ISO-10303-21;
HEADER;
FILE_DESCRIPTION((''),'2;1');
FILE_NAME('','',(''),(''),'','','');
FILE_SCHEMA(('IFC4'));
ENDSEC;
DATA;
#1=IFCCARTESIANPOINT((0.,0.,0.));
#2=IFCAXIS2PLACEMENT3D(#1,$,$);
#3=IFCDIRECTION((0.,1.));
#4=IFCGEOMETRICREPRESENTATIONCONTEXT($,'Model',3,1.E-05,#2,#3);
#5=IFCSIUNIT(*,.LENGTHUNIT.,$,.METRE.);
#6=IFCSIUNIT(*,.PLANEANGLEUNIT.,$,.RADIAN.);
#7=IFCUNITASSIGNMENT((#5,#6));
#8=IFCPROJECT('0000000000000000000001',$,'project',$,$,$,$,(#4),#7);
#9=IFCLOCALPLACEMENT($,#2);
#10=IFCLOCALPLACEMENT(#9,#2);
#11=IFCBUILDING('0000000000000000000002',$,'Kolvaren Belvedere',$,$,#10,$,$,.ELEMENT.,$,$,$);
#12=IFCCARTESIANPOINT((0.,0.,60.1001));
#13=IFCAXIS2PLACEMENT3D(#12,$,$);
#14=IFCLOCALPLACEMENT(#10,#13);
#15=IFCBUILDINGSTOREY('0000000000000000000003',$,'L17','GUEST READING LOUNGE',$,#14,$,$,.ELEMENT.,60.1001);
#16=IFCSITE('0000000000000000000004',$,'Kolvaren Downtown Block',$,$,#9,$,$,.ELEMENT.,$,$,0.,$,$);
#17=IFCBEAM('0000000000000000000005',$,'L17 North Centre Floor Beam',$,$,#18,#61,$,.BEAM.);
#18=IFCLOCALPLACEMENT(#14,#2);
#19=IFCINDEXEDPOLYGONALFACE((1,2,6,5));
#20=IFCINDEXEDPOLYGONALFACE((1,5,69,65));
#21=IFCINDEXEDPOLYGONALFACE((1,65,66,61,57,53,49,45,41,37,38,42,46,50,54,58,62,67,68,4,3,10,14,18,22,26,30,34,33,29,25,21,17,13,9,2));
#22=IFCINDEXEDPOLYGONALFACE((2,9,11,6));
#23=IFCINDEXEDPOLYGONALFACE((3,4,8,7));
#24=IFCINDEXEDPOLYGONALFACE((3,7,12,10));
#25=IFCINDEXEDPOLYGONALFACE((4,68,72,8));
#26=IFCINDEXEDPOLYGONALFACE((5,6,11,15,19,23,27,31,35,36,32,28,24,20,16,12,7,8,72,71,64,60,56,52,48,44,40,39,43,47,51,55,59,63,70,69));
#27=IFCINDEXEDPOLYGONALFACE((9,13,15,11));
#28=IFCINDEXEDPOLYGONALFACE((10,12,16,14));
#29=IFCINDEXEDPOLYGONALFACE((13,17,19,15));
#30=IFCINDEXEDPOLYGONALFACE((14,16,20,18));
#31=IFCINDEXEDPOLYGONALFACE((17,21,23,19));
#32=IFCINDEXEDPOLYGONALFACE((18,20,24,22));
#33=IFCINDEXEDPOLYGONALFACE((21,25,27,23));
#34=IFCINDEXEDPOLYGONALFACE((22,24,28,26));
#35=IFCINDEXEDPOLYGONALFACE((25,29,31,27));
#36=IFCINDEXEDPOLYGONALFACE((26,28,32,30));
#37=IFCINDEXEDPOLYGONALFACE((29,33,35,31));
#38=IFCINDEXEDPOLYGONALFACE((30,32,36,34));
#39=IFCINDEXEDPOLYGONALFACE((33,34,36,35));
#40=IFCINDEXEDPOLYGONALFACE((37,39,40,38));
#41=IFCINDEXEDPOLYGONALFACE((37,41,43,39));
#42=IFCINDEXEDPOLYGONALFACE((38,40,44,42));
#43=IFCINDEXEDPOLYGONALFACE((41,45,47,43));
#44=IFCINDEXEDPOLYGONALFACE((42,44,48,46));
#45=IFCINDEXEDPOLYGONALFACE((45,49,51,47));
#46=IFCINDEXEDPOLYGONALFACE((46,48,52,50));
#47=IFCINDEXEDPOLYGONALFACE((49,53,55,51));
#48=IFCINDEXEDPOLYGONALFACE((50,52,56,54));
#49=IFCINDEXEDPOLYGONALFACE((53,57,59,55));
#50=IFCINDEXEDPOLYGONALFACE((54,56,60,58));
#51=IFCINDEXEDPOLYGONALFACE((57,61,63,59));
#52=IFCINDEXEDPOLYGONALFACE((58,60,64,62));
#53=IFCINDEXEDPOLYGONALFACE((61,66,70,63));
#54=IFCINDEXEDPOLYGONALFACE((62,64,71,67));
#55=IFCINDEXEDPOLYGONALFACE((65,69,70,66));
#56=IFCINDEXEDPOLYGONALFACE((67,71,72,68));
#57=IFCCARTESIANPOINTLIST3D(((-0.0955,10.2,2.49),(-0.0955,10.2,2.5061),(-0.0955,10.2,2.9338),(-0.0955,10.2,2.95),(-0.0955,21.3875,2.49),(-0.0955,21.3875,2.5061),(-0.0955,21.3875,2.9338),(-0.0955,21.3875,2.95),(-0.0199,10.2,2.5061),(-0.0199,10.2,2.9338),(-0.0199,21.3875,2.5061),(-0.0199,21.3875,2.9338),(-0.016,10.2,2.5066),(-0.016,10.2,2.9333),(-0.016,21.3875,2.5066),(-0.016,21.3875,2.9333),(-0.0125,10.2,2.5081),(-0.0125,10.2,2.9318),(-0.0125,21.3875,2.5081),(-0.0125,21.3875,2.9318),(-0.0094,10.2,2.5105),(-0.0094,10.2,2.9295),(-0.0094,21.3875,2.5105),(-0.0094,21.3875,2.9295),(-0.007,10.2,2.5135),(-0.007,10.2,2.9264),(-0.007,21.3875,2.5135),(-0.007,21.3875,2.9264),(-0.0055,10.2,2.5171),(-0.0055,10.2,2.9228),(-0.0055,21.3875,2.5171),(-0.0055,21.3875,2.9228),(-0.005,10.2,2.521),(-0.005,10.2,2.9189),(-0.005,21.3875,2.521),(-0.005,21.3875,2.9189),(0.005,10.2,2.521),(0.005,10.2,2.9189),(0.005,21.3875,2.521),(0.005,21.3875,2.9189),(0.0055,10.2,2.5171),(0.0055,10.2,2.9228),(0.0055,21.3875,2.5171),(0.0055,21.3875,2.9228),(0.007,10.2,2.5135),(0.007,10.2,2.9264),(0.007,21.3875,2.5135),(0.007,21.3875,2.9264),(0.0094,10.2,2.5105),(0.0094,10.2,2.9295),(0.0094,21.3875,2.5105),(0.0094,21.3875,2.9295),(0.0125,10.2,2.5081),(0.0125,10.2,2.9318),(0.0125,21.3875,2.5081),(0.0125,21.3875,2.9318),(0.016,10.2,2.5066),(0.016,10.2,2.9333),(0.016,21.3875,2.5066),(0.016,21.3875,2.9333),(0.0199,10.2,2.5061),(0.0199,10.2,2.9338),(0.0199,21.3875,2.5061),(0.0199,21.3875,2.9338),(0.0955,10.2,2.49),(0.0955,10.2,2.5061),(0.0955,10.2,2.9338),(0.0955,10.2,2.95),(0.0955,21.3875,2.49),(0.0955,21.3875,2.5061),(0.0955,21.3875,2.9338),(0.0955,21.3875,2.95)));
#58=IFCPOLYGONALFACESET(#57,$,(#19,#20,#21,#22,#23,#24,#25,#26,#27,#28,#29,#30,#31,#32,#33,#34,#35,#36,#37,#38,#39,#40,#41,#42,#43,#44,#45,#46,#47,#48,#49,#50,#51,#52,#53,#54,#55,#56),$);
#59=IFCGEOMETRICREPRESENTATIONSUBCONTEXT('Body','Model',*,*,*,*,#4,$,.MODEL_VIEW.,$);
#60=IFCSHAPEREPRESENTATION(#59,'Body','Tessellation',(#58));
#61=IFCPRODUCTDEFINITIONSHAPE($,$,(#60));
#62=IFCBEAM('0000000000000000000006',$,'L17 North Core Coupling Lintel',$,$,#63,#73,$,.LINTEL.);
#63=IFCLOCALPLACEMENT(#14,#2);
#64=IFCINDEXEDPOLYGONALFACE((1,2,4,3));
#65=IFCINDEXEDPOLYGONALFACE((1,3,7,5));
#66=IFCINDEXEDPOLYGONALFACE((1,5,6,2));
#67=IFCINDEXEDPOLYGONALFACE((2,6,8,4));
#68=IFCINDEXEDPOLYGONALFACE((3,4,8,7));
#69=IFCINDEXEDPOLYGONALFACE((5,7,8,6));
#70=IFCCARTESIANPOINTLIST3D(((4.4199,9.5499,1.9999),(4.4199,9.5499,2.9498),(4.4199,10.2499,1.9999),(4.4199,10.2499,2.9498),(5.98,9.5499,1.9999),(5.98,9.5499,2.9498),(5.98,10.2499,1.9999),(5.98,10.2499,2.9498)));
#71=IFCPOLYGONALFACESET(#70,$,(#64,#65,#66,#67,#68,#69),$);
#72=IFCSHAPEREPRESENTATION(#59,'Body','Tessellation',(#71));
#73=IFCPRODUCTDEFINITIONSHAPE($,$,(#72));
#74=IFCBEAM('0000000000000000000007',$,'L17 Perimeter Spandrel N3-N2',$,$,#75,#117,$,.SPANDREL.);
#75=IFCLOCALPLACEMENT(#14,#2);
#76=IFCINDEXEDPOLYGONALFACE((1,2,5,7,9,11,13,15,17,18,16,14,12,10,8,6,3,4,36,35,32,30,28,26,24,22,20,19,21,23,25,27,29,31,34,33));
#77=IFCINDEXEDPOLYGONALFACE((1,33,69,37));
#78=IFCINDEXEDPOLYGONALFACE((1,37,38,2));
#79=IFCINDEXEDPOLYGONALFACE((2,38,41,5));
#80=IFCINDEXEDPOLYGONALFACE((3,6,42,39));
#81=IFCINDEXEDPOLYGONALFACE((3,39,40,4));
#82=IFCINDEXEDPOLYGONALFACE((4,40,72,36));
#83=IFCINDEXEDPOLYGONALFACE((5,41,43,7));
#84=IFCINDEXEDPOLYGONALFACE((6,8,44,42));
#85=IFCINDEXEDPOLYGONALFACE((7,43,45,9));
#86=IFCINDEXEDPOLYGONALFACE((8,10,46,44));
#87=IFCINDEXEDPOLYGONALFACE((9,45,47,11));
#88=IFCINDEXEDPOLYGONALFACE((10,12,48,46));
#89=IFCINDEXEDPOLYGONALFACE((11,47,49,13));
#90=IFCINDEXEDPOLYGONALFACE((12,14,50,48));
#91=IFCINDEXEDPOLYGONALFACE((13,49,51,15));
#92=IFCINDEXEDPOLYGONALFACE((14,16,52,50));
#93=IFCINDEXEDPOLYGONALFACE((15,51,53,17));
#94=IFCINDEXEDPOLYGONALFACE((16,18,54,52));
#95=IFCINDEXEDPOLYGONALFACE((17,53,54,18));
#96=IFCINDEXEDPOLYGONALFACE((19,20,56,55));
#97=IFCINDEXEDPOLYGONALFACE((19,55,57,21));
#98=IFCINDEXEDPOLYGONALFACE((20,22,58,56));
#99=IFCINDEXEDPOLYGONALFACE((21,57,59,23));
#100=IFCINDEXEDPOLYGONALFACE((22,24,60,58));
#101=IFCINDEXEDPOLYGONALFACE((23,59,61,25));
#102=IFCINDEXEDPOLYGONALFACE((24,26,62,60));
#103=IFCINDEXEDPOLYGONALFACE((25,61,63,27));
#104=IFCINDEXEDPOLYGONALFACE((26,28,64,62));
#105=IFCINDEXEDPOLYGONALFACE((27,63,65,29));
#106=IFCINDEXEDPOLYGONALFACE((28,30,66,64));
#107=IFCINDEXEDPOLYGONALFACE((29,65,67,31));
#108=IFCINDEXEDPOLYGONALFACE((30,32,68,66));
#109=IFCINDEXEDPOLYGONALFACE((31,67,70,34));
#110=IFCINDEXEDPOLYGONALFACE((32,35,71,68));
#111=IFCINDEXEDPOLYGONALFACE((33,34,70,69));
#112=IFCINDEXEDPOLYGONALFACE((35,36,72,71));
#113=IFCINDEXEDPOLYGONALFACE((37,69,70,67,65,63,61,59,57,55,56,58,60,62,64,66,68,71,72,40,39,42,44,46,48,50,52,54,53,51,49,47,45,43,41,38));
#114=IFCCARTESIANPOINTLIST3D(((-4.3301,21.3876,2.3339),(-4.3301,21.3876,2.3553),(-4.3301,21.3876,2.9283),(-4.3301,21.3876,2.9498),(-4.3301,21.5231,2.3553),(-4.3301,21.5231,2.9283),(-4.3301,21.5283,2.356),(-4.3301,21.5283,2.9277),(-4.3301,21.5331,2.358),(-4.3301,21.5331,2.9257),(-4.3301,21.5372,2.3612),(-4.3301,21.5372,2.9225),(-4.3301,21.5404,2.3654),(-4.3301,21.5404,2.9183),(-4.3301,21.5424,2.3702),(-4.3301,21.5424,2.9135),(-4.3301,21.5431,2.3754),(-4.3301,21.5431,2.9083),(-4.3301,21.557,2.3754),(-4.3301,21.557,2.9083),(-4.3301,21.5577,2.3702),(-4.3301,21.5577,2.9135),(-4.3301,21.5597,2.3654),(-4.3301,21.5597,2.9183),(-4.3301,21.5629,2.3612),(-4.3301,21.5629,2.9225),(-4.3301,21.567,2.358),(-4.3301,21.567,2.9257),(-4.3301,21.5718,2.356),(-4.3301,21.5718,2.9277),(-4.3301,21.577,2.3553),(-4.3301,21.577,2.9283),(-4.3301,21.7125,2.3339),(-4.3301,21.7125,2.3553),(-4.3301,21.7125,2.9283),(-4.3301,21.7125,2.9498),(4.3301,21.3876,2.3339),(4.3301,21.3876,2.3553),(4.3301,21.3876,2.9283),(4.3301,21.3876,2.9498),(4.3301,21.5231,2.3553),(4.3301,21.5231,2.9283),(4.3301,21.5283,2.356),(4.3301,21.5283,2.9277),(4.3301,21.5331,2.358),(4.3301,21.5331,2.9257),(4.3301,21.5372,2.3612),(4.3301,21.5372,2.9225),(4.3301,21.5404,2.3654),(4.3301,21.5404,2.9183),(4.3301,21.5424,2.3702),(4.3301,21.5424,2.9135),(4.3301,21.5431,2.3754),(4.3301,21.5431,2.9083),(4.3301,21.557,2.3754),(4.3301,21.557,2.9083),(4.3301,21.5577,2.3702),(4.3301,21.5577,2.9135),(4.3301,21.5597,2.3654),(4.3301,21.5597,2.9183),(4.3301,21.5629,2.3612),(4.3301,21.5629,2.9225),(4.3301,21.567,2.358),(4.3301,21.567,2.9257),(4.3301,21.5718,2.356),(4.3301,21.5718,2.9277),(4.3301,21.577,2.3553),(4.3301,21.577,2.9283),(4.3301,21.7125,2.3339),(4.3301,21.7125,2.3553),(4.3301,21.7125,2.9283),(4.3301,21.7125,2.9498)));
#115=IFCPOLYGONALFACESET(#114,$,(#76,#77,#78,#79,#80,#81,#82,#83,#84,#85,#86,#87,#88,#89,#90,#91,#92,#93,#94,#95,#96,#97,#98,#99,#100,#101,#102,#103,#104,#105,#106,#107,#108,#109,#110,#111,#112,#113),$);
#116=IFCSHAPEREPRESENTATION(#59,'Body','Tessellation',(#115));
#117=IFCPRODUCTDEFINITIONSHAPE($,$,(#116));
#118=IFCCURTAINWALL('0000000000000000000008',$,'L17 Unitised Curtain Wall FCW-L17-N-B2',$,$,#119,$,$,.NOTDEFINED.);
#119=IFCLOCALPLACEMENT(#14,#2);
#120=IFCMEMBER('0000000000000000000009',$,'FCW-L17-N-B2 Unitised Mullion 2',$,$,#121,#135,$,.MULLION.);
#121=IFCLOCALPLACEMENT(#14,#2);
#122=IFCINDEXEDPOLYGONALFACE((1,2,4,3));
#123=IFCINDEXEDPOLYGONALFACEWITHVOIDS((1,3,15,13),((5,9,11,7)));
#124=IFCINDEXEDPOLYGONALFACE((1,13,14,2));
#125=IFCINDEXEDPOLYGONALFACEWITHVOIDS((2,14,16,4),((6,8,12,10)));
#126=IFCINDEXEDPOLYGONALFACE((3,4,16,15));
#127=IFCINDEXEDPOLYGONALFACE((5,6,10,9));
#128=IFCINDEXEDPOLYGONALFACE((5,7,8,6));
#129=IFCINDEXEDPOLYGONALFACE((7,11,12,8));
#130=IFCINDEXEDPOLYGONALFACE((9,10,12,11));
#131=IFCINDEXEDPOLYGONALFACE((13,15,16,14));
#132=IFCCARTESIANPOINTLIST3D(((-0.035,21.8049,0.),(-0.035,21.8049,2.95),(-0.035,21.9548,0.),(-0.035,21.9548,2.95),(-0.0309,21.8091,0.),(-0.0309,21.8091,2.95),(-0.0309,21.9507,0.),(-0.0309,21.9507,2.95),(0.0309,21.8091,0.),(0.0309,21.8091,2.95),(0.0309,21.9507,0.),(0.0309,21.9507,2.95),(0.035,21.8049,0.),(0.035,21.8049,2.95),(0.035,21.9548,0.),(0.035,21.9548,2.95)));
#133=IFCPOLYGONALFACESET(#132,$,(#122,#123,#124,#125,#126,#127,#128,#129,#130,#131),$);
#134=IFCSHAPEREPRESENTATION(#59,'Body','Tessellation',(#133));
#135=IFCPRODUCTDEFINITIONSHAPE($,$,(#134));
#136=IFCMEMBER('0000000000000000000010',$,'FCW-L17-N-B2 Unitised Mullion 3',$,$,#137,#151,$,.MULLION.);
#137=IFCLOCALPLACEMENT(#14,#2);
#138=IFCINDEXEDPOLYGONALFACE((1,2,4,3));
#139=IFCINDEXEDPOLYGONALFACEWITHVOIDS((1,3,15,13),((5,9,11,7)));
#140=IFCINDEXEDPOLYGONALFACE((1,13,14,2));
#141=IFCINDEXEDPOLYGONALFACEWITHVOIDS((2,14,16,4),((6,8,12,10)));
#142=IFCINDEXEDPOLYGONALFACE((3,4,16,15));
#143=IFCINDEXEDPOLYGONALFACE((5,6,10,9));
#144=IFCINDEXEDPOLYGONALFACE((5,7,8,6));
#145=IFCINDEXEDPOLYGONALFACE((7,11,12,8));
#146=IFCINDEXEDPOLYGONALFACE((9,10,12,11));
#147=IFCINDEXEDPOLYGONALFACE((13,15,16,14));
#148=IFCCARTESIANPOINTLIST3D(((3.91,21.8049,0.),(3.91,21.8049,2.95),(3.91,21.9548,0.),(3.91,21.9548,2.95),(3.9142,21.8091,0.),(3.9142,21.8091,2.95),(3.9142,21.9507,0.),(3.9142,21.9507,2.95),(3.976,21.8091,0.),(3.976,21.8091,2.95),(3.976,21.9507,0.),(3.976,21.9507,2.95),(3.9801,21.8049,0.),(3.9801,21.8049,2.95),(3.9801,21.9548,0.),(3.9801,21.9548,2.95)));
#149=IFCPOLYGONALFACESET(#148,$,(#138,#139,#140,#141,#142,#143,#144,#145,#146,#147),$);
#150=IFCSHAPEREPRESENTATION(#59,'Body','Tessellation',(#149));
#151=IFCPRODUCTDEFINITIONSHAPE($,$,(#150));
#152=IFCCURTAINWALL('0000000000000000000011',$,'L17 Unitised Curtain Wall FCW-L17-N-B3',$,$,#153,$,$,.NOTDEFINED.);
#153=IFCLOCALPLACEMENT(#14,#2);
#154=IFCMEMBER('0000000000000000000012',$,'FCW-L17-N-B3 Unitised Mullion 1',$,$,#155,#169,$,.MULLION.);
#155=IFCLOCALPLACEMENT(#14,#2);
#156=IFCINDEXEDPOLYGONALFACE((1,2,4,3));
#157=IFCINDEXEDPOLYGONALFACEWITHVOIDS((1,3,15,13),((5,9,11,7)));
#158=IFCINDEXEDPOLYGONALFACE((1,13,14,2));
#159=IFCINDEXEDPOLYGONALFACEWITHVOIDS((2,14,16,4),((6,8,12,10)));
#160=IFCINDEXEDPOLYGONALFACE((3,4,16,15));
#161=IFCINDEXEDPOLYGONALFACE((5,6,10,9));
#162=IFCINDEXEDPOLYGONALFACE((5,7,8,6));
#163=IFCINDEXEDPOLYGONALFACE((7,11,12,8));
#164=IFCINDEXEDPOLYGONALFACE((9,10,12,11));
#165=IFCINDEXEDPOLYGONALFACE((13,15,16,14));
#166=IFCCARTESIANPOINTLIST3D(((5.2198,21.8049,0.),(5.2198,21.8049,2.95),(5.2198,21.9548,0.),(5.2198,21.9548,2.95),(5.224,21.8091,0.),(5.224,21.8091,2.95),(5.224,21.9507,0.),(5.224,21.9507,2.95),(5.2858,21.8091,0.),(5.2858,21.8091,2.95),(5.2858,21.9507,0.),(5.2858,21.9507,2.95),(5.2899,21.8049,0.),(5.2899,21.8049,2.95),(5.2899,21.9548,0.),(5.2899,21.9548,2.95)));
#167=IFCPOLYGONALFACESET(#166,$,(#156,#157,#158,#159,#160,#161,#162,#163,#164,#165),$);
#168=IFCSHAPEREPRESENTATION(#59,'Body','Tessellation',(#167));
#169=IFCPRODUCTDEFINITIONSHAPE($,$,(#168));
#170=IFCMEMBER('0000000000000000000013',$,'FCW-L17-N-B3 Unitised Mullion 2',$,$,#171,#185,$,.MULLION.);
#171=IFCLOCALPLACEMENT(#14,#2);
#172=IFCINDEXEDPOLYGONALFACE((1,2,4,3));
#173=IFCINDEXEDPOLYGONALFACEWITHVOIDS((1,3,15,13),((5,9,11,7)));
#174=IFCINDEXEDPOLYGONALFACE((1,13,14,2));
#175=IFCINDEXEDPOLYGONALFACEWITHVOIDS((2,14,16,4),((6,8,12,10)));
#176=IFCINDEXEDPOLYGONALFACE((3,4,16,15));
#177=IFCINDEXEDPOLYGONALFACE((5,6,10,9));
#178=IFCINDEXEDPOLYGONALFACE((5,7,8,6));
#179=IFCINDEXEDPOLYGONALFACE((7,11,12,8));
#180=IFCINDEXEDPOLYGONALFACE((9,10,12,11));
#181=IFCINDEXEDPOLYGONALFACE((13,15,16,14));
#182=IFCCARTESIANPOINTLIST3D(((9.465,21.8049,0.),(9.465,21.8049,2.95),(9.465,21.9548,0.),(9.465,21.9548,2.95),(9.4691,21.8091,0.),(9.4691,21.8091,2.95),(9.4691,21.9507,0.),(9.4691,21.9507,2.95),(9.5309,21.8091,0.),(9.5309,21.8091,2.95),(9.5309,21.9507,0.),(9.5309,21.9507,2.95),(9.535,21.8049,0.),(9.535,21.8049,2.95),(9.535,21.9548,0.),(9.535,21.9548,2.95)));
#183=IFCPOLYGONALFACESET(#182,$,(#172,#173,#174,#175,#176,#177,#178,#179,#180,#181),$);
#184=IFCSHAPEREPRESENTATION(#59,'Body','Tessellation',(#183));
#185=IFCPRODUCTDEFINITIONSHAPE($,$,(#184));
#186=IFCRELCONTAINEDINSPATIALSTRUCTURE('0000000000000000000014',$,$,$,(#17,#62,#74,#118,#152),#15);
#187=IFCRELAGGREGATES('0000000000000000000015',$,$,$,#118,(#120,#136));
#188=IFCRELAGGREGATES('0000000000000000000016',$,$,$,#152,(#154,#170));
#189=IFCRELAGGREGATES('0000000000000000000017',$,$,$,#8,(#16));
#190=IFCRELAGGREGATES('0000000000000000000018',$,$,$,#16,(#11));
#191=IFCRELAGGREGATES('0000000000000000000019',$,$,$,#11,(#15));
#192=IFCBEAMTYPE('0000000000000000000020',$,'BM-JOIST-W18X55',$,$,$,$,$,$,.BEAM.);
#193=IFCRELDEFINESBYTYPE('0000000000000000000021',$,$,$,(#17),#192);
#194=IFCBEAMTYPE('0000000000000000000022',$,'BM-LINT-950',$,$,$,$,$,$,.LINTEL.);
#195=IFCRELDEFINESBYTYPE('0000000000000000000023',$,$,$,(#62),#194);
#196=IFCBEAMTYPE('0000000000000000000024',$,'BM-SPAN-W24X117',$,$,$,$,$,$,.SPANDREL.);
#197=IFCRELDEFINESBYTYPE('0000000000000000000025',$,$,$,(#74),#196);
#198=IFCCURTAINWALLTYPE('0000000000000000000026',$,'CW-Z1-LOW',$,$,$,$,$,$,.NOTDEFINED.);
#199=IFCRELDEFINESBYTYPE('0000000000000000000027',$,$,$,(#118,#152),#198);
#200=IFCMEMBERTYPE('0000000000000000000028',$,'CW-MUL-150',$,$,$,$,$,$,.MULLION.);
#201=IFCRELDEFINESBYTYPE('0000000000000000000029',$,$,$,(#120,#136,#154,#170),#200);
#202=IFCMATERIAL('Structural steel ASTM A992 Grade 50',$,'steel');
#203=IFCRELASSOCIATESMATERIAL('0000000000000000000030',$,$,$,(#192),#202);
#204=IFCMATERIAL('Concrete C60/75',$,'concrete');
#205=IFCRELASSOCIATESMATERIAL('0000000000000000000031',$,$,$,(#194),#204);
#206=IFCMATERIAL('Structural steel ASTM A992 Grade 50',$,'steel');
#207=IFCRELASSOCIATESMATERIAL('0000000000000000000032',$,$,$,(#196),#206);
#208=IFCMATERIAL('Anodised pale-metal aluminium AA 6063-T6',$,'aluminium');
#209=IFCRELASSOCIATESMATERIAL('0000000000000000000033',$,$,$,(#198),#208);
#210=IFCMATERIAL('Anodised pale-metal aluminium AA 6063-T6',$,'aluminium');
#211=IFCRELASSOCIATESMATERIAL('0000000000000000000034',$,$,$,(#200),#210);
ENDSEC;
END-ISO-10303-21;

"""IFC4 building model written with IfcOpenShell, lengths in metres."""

from ifc_helpers import new_model, si_unit, direction, frame, origin, origin_2d, place, context, subcontext, project, spatial, rectangle, hollow_rectangle, i_section, extrude, material, material_profile, profile_set, type_object, element, aggregate, save


model = new_model("IFC4")

# Units and contexts
model_context = context("Model", 3, precision=1e-05, world=origin(), true_north=direction((0.0, 1.0)))
body_context = subcontext(model_context, "Body", "Model", "MODEL_VIEW")
ifc_project = project(units=[si_unit("LENGTHUNIT", "METRE"), si_unit("PLANEANGLEUNIT", "RADIAN")], contexts=[model_context])

# Site, building, storey
site_placement = place(None, origin())
site = spatial("IfcSite", under=ifc_project, at=site_placement, Name="Kolvaren Downtown Block", CompositionType="ELEMENT", RefElevation=0.0)
building_placement = place(site_placement, origin())
building = spatial("IfcBuilding", under=site, at=building_placement, Name="Kolvaren Belvedere", CompositionType="ELEMENT")
storey_placement = place(building_placement, frame((0.0, 0.0, 60.1001)))
storey = spatial("IfcBuildingStorey", under=building, at=storey_placement, Name="L17", Description="GUEST READING LOUNGE", CompositionType="ELEMENT", Elevation=60.1001)

# Beams
ifc_material_1 = material(Name="Structural steel ASTM A992 Grade 50", Category="steel")
ifc_material_profile_1 = material_profile(ifc_material_1, i_section(OverallWidth=0.1909, OverallDepth=0.46, WebThickness=0.01, FlangeThickness=0.0161, FilletRadius=0.0149, at=origin_2d()), Name="W18X55")
ifc_profile_set_1 = profile_set([ifc_material_profile_1], Name="Structural steel ASTM A992 Grade 50")
beam_type_1 = type_object("IfcBeamType", Name="BM-JOIST-W18X55", PredefinedType="BEAM", material=ifc_profile_set_1)
beam_1_placement = place(storey_placement, frame((0.0, 10.2, 2.72), z_axis=(0.0, 1.0, 0.0), x_axis=(-1.0, 0.0, 0.0)))
element("IfcBeam", 1, at=beam_1_placement, inside=storey, type_object=beam_type_1, Name="L17 North Centre Floor Beam", PredefinedType="BEAM", context=body_context, shape_type="SweptSolid", body=[
    extrude(i_section(OverallWidth=0.1909, OverallDepth=0.46, WebThickness=0.01, FlangeThickness=0.0161, FilletRadius=0.0149, at=origin_2d()), origin(), (0.0, 0.0, 1.0), 11.1875),
])
ifc_material_2 = material(Name="Concrete C60/75", Category="concrete")
ifc_material_profile_2 = material_profile(ifc_material_2, rectangle(XDim=0.7, YDim=0.95, at=origin_2d()), Name="RC 700X950")
ifc_profile_set_2 = profile_set([ifc_material_profile_2], Name="Concrete C60/75")
beam_type_2 = type_object("IfcBeamType", Name="BM-LINT-950", PredefinedType="LINTEL", material=ifc_profile_set_2)
beam_2_placement = place(storey_placement, frame((4.4199, 9.8999, 2.4749), z_axis=(1.0, 0.0, 0.0), x_axis=(0.0, 1.0, 0.0)))
element("IfcBeam", 2, at=beam_2_placement, inside=storey, type_object=beam_type_2, Name="L17 North Core Coupling Lintel", PredefinedType="LINTEL", context=body_context, shape_type="SweptSolid", body=[
    extrude(rectangle(XDim=0.7, YDim=0.95, at=origin_2d()), origin(), (0.0, 0.0, 1.0), 1.5601),
])
ifc_material_3 = material(Name="Structural steel ASTM A992 Grade 50", Category="steel")
ifc_material_profile_3 = material_profile(ifc_material_3, i_section(OverallWidth=0.325, OverallDepth=0.616, WebThickness=0.0139, FlangeThickness=0.0215, FilletRadius=0.02, at=origin_2d()), Name="W24X117")
ifc_profile_set_3 = profile_set([ifc_material_profile_3], Name="Structural steel ASTM A992 Grade 50")
beam_type_3 = type_object("IfcBeamType", Name="BM-SPAN-W24X117", PredefinedType="SPANDREL", material=ifc_profile_set_3)
beam_3_placement = place(storey_placement, frame((4.3301, 21.55, 2.6418), z_axis=(-1.0, 0.0, 0.0), x_axis=(0.0, -1.0, 0.0)))
element("IfcBeam", 3, at=beam_3_placement, inside=storey, type_object=beam_type_3, Name="L17 Perimeter Spandrel N3-N2", PredefinedType="SPANDREL", context=body_context, shape_type="SweptSolid", body=[
    extrude(i_section(OverallWidth=0.325, OverallDepth=0.616, WebThickness=0.0139, FlangeThickness=0.0215, FilletRadius=0.02, at=origin_2d()), origin(), (0.0, 0.0, 1.0), 8.6602),
])

# Curtain walls, members
ifc_material_4 = material(Name="Anodised pale-metal aluminium AA 6063-T6", Category="aluminium")
curtain_wall_type = type_object("IfcCurtainWallType", Name="CW-Z1-LOW", PredefinedType="NOTDEFINED", material=ifc_material_4)
curtain_wall_1_placement = place(storey_placement, origin())
curtain_wall_1 = element("IfcCurtainWall", 4, at=curtain_wall_1_placement, inside=storey, type_object=curtain_wall_type, Name="L17 Unitised Curtain Wall FCW-L17-N-B2", PredefinedType="NOTDEFINED")
ifc_material_5 = material(Name="Anodised pale-metal aluminium AA 6063-T6", Category="aluminium")
ifc_material_profile_4 = material_profile(ifc_material_5, hollow_rectangle(XDim=0.0701, YDim=0.1499, WallThickness=0.0042, at=origin_2d()), Name="ALU-MUL-150X70")
ifc_profile_set_4 = profile_set([ifc_material_profile_4], Name="Anodised pale-metal aluminium AA 6063-T6")
member_type_1 = type_object("IfcMemberType", Name="CW-MUL-150", PredefinedType="MULLION", material=ifc_profile_set_4)
member_1_placement = place(storey_placement, frame((0.0, 21.8799, 0.0), z_axis=(0.0, 0.0, 1.0), x_axis=(1.0, 0.0, 0.0)))
member_1 = element("IfcMember", 5, at=member_1_placement, type_object=member_type_1, Name="FCW-L17-N-B2 Unitised Mullion 2", PredefinedType="MULLION", context=body_context, shape_type="SweptSolid", body=[
    extrude(hollow_rectangle(XDim=0.0701, YDim=0.1499, WallThickness=0.0042, at=origin_2d()), origin(), (0.0, 0.0, 1.0), 2.95),
])
member_2_placement = place(storey_placement, frame((3.9451, 21.8799, 0.0), z_axis=(0.0, 0.0, 1.0), x_axis=(1.0, 0.0, 0.0)))
member_2 = element("IfcMember", 6, at=member_2_placement, type_object=member_type_1, Name="FCW-L17-N-B2 Unitised Mullion 3", PredefinedType="MULLION", context=body_context, shape_type="SweptSolid", body=[
    extrude(hollow_rectangle(XDim=0.0701, YDim=0.1499, WallThickness=0.0042, at=origin_2d()), origin(), (0.0, 0.0, 1.0), 2.95),
])
curtain_wall_2_placement = place(storey_placement, origin())
curtain_wall_2 = element("IfcCurtainWall", 7, at=curtain_wall_2_placement, inside=storey, type_object=curtain_wall_type, Name="L17 Unitised Curtain Wall FCW-L17-N-B3", PredefinedType="NOTDEFINED")
member_3_placement = place(storey_placement, frame((5.2549, 21.8799, 0.0), z_axis=(0.0, 0.0, 1.0), x_axis=(1.0, 0.0, 0.0)))
member_3 = element("IfcMember", 8, at=member_3_placement, type_object=member_type_1, Name="FCW-L17-N-B3 Unitised Mullion 1", PredefinedType="MULLION", context=body_context, shape_type="SweptSolid", body=[
    extrude(hollow_rectangle(XDim=0.0701, YDim=0.1499, WallThickness=0.0042, at=origin_2d()), origin(), (0.0, 0.0, 1.0), 2.95),
])
member_4_placement = place(storey_placement, frame((9.5, 21.8799, 0.0), z_axis=(0.0, 0.0, 1.0), x_axis=(1.0, 0.0, 0.0)))
member_4 = element("IfcMember", 9, at=member_4_placement, type_object=member_type_1, Name="FCW-L17-N-B3 Unitised Mullion 2", PredefinedType="MULLION", context=body_context, shape_type="SweptSolid", body=[
    extrude(hollow_rectangle(XDim=0.0701, YDim=0.1499, WallThickness=0.0042, at=origin_2d()), origin(), (0.0, 0.0, 1.0), 2.95),
])

aggregate(curtain_wall_1, [member_1, member_2])
aggregate(curtain_wall_2, [member_3, member_4])

save(model, "model.ifc")
